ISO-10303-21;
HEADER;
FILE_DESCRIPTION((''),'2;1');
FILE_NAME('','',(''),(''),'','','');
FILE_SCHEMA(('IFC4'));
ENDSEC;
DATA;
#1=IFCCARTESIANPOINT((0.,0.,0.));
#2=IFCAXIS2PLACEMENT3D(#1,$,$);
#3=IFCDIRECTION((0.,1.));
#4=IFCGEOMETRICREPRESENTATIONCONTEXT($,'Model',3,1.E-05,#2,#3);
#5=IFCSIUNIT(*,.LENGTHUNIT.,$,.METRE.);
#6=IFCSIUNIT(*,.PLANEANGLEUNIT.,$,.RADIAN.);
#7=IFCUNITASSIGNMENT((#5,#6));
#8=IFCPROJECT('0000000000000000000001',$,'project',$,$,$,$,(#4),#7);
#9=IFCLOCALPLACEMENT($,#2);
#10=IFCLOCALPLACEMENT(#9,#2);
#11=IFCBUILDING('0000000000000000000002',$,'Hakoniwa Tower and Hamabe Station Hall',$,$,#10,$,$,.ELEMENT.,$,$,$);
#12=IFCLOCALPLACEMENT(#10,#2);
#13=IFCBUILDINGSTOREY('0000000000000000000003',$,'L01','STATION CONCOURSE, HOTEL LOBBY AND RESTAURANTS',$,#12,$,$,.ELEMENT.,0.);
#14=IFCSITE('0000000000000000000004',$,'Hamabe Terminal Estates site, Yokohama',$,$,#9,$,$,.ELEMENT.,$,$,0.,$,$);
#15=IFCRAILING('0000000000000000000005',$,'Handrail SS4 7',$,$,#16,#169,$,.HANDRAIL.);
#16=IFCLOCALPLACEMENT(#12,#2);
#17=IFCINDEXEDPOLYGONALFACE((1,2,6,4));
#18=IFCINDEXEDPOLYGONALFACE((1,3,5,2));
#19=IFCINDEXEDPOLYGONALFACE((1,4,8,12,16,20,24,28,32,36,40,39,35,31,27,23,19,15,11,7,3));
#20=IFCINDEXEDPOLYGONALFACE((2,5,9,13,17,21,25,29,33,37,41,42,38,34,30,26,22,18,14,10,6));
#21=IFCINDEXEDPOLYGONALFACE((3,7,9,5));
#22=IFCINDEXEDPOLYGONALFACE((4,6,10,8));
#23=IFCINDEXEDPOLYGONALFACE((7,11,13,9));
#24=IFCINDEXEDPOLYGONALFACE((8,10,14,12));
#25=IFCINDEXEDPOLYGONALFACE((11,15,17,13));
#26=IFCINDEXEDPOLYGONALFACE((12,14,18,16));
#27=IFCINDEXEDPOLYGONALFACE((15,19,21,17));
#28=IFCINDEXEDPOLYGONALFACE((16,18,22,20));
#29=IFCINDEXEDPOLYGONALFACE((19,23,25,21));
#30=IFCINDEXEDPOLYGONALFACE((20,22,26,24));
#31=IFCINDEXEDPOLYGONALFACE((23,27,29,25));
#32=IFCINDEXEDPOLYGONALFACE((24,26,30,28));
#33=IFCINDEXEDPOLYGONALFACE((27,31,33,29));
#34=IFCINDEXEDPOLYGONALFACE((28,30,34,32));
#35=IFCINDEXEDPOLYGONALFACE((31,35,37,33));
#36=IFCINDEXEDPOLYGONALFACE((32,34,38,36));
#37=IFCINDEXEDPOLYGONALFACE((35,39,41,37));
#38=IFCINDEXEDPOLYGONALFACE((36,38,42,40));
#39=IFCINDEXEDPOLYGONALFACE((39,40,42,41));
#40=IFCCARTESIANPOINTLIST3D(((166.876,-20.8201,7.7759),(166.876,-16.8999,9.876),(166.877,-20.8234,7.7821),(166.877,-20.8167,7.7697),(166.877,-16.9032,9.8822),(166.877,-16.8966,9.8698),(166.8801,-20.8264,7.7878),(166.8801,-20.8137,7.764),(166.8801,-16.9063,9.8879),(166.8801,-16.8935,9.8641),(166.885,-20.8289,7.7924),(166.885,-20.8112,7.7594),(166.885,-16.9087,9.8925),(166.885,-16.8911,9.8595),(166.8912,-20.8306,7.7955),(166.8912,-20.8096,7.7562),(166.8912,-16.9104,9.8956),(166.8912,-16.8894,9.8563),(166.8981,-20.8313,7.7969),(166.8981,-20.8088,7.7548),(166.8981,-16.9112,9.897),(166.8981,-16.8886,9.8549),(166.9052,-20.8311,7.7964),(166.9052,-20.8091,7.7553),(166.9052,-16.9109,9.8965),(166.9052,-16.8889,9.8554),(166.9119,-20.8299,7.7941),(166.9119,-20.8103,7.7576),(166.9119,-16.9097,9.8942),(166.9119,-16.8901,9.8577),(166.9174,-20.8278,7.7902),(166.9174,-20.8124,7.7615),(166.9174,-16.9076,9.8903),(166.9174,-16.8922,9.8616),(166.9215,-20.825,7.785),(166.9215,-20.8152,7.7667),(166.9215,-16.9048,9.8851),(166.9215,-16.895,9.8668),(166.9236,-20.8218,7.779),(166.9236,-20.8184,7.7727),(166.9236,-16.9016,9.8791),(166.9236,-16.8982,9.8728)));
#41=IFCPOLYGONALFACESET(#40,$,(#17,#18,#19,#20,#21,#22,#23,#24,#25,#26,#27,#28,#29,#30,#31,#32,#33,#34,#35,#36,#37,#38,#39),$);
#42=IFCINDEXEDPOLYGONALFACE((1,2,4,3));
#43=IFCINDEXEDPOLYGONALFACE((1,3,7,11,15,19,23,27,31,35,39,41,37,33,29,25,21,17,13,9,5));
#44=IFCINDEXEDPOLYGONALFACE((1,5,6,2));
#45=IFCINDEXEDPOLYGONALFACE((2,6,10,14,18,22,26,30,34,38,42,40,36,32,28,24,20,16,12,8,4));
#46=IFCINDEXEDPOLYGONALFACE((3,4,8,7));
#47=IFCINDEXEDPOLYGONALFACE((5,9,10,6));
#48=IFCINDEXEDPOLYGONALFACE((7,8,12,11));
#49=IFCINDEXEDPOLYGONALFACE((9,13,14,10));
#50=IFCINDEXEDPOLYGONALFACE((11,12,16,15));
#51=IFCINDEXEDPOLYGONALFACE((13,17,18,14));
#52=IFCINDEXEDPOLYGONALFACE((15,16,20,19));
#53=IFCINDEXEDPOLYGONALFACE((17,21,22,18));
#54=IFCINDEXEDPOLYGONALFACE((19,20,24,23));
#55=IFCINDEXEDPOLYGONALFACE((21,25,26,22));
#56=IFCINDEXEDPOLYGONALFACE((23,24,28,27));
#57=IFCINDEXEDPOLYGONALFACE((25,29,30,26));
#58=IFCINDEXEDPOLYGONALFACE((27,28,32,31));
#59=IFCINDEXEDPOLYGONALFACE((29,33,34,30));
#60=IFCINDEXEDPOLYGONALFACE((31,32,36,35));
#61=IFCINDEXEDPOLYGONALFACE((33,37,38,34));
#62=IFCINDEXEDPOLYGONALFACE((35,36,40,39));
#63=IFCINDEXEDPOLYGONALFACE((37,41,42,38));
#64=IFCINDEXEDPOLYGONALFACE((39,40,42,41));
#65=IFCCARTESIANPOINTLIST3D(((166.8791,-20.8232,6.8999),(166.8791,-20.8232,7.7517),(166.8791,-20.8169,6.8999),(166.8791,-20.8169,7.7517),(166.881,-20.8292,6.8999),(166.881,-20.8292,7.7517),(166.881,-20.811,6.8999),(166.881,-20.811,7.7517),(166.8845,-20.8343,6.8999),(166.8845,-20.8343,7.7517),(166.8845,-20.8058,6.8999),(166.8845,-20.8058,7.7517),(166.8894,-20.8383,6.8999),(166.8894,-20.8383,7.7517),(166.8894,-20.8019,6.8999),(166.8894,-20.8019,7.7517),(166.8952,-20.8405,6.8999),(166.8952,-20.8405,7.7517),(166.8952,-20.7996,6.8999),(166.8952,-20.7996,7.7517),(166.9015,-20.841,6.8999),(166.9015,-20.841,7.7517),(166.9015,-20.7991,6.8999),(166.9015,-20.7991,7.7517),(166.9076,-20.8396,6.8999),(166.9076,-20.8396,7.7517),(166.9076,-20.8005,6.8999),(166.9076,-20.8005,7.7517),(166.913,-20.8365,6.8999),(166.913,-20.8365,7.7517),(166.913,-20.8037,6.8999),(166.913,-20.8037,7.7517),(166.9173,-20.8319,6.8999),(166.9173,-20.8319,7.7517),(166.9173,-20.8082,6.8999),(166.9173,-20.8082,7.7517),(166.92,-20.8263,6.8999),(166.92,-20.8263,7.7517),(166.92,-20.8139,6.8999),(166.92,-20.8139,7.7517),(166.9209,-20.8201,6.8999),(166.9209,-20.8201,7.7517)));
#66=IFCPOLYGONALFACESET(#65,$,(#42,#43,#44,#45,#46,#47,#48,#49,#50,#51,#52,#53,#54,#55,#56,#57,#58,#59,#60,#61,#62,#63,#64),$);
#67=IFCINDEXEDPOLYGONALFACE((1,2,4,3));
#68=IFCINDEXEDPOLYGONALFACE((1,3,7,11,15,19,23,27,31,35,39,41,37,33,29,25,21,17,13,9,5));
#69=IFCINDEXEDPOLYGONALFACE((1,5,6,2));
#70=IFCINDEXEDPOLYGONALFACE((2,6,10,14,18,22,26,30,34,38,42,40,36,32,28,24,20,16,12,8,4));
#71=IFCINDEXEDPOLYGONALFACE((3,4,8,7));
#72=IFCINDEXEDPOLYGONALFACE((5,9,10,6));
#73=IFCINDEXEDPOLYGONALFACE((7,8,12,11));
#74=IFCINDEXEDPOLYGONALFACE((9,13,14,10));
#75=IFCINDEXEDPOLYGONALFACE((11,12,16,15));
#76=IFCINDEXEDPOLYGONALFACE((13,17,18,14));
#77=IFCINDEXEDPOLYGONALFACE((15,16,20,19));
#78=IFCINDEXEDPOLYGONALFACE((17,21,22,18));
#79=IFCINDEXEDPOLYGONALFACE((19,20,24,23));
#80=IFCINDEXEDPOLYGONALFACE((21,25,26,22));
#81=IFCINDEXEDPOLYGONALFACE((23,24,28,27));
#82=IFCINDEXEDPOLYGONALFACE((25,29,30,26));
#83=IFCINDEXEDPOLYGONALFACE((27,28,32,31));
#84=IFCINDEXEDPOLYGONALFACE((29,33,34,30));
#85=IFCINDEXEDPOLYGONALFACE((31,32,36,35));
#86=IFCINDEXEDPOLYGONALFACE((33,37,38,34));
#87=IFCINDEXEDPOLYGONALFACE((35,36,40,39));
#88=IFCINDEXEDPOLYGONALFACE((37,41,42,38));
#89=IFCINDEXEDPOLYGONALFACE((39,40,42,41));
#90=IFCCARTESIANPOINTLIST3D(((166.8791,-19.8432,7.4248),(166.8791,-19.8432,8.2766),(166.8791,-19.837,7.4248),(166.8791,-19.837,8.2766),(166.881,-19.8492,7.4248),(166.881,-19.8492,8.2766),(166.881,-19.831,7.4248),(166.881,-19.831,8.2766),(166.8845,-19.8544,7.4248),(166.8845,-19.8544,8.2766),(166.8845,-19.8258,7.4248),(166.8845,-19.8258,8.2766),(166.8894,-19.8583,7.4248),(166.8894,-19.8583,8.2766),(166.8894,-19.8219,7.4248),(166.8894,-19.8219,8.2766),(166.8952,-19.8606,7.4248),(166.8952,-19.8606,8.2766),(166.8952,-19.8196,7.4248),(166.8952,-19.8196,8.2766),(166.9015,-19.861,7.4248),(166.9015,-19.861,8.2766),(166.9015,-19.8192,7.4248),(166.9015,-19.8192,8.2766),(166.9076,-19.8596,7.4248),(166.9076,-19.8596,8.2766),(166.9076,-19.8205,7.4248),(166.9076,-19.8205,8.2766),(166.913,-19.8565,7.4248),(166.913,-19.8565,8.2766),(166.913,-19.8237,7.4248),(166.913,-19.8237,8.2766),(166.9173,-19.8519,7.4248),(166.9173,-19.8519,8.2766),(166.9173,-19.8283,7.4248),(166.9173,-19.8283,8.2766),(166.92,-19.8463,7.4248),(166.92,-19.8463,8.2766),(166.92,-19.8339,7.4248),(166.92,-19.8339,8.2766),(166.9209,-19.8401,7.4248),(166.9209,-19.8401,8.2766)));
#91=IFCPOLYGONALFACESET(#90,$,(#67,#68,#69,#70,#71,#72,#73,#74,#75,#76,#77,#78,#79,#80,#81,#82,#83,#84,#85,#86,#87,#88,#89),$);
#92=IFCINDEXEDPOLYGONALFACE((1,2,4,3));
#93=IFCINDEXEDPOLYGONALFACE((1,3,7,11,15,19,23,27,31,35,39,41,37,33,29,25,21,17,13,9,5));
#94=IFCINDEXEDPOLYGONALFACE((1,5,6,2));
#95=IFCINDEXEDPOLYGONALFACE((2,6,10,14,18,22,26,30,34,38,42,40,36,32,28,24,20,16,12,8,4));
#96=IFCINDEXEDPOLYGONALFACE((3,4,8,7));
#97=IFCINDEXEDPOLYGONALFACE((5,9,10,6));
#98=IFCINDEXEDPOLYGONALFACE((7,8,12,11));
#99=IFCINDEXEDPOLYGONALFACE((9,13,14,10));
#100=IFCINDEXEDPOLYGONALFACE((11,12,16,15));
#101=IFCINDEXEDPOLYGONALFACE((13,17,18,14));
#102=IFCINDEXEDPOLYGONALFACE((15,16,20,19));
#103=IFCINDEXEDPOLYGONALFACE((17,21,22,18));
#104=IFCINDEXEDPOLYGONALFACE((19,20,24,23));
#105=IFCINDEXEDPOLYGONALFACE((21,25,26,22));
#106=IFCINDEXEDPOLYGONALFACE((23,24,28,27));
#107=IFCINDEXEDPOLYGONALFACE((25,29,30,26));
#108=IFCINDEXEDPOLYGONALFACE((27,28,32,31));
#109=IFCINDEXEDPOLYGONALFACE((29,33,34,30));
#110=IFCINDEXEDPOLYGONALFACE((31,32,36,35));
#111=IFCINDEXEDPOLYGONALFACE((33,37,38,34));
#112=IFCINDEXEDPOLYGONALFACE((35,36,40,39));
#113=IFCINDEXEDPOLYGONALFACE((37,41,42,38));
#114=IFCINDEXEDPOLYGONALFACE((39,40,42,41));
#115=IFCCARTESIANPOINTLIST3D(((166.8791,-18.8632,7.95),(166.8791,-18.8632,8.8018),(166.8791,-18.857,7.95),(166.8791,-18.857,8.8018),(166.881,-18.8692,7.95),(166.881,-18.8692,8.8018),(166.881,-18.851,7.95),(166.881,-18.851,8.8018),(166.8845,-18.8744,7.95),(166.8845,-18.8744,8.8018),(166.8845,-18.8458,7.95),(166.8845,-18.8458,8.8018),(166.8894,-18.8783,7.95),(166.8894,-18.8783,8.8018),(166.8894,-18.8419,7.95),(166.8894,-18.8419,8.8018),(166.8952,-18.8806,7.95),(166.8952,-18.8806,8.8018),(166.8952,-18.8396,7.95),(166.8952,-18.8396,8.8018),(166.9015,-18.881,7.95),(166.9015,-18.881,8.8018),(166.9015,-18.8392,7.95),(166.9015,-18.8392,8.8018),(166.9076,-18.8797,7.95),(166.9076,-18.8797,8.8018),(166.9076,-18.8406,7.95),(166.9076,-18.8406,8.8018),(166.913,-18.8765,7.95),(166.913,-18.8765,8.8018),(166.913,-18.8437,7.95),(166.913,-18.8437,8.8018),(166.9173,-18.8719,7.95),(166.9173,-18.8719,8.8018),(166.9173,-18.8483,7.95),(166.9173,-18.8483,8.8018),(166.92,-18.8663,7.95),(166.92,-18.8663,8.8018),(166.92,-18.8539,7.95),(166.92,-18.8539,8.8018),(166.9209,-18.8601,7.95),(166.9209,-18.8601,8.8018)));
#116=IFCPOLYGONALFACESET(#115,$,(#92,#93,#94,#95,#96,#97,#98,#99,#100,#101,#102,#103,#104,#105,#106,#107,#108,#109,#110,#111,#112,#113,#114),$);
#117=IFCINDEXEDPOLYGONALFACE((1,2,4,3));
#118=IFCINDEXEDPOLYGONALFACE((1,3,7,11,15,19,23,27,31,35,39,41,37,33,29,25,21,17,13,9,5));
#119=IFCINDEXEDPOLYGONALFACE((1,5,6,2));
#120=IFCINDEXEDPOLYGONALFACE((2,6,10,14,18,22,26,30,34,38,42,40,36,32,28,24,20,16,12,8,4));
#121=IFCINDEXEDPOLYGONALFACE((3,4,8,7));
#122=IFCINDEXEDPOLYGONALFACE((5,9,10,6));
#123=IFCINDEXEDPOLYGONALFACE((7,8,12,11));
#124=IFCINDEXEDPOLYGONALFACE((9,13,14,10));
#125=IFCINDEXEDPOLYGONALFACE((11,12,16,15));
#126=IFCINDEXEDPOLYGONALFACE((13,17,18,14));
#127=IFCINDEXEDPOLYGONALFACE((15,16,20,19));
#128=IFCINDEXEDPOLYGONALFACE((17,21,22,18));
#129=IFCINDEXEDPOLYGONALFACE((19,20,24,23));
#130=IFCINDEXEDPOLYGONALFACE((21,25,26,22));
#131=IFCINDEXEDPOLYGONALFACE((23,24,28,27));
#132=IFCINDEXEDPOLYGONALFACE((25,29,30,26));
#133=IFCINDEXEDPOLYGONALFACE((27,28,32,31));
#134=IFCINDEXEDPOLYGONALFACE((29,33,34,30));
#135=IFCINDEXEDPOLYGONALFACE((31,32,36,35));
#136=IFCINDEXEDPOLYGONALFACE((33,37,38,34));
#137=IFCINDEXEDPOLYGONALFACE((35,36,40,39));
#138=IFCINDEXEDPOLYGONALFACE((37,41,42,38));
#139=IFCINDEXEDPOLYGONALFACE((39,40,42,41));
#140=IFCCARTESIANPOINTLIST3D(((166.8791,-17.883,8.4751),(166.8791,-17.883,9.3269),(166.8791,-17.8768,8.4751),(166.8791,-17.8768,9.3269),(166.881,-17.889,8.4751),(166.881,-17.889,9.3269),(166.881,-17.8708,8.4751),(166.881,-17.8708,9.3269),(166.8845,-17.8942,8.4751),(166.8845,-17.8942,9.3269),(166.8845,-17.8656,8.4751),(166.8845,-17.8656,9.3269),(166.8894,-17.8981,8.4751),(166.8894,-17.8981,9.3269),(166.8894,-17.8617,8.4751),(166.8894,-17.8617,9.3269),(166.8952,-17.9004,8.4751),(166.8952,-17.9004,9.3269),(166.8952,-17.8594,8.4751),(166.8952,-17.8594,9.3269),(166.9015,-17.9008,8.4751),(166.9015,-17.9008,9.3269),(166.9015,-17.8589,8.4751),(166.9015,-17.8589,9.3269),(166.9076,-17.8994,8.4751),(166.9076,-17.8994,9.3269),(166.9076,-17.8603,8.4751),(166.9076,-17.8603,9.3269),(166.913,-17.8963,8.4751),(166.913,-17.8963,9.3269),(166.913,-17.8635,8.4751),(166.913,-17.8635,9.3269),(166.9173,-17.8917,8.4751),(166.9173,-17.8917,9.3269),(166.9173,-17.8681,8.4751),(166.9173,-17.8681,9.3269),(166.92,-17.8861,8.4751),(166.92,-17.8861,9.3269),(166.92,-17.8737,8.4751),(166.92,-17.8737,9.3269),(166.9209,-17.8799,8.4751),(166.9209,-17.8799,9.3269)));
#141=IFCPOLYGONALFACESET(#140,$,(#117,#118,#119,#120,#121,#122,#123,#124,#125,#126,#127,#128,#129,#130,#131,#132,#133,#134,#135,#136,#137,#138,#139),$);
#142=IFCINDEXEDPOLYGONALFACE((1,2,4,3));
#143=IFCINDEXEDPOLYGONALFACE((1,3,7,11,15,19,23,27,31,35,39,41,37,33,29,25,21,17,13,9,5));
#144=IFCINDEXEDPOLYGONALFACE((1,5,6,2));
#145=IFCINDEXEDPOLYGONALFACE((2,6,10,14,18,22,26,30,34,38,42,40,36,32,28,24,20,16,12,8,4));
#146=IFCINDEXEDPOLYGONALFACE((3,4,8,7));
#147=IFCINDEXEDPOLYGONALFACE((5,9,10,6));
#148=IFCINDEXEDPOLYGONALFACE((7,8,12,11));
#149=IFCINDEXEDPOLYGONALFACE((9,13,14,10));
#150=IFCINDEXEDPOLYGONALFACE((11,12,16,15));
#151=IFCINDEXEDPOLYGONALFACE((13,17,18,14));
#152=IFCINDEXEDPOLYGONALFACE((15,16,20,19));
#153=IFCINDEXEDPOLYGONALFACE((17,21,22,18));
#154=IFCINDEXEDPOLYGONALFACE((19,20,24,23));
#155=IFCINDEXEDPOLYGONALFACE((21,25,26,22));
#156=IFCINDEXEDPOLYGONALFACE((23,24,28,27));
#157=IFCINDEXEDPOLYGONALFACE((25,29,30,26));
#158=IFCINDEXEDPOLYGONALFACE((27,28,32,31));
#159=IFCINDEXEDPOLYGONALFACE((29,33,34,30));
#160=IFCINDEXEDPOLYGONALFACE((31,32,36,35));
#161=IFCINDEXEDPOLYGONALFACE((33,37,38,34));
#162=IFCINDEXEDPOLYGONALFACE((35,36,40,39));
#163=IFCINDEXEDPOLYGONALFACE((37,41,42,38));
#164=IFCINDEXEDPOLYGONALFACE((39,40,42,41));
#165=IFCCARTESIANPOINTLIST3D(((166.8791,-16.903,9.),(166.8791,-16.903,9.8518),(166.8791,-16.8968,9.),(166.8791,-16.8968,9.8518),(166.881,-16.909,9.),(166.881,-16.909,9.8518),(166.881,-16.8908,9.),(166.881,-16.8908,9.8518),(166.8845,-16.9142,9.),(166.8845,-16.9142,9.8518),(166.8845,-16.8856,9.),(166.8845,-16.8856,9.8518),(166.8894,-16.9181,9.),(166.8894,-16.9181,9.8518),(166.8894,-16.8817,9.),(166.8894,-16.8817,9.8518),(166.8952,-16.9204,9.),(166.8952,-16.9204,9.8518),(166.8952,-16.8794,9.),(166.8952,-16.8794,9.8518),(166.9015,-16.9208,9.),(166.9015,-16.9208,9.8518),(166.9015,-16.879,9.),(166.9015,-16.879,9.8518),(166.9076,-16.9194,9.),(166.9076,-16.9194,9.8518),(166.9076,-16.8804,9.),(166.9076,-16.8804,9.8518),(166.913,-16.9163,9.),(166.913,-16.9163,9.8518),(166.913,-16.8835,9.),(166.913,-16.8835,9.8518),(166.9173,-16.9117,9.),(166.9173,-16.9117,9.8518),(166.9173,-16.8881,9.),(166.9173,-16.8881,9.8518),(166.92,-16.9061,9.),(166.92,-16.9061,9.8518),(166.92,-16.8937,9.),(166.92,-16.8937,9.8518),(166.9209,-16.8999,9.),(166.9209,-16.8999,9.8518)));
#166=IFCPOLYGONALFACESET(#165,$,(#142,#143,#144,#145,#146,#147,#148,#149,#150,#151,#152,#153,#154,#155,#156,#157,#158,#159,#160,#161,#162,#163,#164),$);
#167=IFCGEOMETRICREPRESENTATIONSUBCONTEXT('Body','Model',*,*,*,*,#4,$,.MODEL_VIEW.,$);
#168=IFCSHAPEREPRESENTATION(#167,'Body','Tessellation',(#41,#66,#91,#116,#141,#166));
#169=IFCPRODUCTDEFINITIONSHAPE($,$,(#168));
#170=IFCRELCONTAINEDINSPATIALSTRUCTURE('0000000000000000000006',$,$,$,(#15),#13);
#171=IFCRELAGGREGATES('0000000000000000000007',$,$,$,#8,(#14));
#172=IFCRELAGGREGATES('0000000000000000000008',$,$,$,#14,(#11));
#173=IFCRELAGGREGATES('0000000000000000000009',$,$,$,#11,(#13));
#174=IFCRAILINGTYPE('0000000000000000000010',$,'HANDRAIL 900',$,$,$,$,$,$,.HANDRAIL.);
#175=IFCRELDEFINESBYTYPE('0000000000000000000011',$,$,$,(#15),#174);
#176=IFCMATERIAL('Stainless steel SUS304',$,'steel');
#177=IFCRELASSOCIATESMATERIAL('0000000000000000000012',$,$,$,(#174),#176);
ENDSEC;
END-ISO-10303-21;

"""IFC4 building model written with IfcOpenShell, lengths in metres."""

from ifc_helpers import new_model, si_unit, direction, frame, origin, origin_2d, place, context, subcontext, project, spatial, circle, extrude, material, type_object, element, save


model = new_model("IFC4")

# Units and contexts
model_context = context("Model", 3, precision=1e-05, world=origin(), true_north=direction((0.0, 1.0)))
body_context = subcontext(model_context, "Body", "Model", "MODEL_VIEW")
ifc_project = project(units=[si_unit("LENGTHUNIT", "METRE"), si_unit("PLANEANGLEUNIT", "RADIAN")], contexts=[model_context])

# Site, building, storey
site_placement = place(None, origin())
site = spatial("IfcSite", under=ifc_project, at=site_placement, Name="Hamabe Terminal Estates site, Yokohama", CompositionType="ELEMENT", RefElevation=0.0)
building_placement = place(site_placement, origin())
building = spatial("IfcBuilding", under=site, at=building_placement, Name="Hakoniwa Tower and Hamabe Station Hall", CompositionType="ELEMENT")
storey_placement = place(building_placement, origin())
storey = spatial("IfcBuildingStorey", under=building, at=storey_placement, Name="L01", Description="STATION CONCOURSE, HOTEL LOBBY AND RESTAURANTS", CompositionType="ELEMENT", Elevation=0.0)

# Railing
ifc_material_1 = material(Name="Stainless steel SUS304", Category="steel")
railing_type = type_object("IfcRailingType", Name="HANDRAIL 900", PredefinedType="HANDRAIL", material=ifc_material_1)
for number, where, name in (
    (1, (166.8999, -20.8201, 6.8999), "Handrail SS4 7"),
):
    element("IfcRailing", number, at=place(storey_placement, frame(where)), inside=storey, type_object=railing_type, Name=name, PredefinedType="HANDRAIL", context=body_context, shape_type="SweptSolid", body=[
        extrude(circle(Radius=0.0239, at=origin_2d()), frame((0.0, 0.0, 0.876), z_axis=(0.0, 0.881479, 0.472223), x_axis=(-1.0, 0.0, 0.0)), (0.0, 0.0, 1.0), 4.4473),
        extrude(circle(Radius=0.021, at=origin_2d()), origin(), (0.0, 0.0, 1.0), 0.8518),
        extrude(circle(Radius=0.021, at=origin_2d()), frame((0.0, 0.98, 0.5249)), (0.0, 0.0, 1.0), 0.8518),
        extrude(circle(Radius=0.021, at=origin_2d()), frame((0.0, 1.96, 1.05)), (0.0, 0.0, 1.0), 0.8518),
        extrude(circle(Radius=0.021, at=origin_2d()), frame((0.0, 2.9402, 1.5752)), (0.0, 0.0, 1.0), 0.8518),
        extrude(circle(Radius=0.021, at=origin_2d()), frame((0.0, 3.9202, 2.1001)), (0.0, 0.0, 1.0), 0.8518),
    ])

save(model, "model.ifc")
